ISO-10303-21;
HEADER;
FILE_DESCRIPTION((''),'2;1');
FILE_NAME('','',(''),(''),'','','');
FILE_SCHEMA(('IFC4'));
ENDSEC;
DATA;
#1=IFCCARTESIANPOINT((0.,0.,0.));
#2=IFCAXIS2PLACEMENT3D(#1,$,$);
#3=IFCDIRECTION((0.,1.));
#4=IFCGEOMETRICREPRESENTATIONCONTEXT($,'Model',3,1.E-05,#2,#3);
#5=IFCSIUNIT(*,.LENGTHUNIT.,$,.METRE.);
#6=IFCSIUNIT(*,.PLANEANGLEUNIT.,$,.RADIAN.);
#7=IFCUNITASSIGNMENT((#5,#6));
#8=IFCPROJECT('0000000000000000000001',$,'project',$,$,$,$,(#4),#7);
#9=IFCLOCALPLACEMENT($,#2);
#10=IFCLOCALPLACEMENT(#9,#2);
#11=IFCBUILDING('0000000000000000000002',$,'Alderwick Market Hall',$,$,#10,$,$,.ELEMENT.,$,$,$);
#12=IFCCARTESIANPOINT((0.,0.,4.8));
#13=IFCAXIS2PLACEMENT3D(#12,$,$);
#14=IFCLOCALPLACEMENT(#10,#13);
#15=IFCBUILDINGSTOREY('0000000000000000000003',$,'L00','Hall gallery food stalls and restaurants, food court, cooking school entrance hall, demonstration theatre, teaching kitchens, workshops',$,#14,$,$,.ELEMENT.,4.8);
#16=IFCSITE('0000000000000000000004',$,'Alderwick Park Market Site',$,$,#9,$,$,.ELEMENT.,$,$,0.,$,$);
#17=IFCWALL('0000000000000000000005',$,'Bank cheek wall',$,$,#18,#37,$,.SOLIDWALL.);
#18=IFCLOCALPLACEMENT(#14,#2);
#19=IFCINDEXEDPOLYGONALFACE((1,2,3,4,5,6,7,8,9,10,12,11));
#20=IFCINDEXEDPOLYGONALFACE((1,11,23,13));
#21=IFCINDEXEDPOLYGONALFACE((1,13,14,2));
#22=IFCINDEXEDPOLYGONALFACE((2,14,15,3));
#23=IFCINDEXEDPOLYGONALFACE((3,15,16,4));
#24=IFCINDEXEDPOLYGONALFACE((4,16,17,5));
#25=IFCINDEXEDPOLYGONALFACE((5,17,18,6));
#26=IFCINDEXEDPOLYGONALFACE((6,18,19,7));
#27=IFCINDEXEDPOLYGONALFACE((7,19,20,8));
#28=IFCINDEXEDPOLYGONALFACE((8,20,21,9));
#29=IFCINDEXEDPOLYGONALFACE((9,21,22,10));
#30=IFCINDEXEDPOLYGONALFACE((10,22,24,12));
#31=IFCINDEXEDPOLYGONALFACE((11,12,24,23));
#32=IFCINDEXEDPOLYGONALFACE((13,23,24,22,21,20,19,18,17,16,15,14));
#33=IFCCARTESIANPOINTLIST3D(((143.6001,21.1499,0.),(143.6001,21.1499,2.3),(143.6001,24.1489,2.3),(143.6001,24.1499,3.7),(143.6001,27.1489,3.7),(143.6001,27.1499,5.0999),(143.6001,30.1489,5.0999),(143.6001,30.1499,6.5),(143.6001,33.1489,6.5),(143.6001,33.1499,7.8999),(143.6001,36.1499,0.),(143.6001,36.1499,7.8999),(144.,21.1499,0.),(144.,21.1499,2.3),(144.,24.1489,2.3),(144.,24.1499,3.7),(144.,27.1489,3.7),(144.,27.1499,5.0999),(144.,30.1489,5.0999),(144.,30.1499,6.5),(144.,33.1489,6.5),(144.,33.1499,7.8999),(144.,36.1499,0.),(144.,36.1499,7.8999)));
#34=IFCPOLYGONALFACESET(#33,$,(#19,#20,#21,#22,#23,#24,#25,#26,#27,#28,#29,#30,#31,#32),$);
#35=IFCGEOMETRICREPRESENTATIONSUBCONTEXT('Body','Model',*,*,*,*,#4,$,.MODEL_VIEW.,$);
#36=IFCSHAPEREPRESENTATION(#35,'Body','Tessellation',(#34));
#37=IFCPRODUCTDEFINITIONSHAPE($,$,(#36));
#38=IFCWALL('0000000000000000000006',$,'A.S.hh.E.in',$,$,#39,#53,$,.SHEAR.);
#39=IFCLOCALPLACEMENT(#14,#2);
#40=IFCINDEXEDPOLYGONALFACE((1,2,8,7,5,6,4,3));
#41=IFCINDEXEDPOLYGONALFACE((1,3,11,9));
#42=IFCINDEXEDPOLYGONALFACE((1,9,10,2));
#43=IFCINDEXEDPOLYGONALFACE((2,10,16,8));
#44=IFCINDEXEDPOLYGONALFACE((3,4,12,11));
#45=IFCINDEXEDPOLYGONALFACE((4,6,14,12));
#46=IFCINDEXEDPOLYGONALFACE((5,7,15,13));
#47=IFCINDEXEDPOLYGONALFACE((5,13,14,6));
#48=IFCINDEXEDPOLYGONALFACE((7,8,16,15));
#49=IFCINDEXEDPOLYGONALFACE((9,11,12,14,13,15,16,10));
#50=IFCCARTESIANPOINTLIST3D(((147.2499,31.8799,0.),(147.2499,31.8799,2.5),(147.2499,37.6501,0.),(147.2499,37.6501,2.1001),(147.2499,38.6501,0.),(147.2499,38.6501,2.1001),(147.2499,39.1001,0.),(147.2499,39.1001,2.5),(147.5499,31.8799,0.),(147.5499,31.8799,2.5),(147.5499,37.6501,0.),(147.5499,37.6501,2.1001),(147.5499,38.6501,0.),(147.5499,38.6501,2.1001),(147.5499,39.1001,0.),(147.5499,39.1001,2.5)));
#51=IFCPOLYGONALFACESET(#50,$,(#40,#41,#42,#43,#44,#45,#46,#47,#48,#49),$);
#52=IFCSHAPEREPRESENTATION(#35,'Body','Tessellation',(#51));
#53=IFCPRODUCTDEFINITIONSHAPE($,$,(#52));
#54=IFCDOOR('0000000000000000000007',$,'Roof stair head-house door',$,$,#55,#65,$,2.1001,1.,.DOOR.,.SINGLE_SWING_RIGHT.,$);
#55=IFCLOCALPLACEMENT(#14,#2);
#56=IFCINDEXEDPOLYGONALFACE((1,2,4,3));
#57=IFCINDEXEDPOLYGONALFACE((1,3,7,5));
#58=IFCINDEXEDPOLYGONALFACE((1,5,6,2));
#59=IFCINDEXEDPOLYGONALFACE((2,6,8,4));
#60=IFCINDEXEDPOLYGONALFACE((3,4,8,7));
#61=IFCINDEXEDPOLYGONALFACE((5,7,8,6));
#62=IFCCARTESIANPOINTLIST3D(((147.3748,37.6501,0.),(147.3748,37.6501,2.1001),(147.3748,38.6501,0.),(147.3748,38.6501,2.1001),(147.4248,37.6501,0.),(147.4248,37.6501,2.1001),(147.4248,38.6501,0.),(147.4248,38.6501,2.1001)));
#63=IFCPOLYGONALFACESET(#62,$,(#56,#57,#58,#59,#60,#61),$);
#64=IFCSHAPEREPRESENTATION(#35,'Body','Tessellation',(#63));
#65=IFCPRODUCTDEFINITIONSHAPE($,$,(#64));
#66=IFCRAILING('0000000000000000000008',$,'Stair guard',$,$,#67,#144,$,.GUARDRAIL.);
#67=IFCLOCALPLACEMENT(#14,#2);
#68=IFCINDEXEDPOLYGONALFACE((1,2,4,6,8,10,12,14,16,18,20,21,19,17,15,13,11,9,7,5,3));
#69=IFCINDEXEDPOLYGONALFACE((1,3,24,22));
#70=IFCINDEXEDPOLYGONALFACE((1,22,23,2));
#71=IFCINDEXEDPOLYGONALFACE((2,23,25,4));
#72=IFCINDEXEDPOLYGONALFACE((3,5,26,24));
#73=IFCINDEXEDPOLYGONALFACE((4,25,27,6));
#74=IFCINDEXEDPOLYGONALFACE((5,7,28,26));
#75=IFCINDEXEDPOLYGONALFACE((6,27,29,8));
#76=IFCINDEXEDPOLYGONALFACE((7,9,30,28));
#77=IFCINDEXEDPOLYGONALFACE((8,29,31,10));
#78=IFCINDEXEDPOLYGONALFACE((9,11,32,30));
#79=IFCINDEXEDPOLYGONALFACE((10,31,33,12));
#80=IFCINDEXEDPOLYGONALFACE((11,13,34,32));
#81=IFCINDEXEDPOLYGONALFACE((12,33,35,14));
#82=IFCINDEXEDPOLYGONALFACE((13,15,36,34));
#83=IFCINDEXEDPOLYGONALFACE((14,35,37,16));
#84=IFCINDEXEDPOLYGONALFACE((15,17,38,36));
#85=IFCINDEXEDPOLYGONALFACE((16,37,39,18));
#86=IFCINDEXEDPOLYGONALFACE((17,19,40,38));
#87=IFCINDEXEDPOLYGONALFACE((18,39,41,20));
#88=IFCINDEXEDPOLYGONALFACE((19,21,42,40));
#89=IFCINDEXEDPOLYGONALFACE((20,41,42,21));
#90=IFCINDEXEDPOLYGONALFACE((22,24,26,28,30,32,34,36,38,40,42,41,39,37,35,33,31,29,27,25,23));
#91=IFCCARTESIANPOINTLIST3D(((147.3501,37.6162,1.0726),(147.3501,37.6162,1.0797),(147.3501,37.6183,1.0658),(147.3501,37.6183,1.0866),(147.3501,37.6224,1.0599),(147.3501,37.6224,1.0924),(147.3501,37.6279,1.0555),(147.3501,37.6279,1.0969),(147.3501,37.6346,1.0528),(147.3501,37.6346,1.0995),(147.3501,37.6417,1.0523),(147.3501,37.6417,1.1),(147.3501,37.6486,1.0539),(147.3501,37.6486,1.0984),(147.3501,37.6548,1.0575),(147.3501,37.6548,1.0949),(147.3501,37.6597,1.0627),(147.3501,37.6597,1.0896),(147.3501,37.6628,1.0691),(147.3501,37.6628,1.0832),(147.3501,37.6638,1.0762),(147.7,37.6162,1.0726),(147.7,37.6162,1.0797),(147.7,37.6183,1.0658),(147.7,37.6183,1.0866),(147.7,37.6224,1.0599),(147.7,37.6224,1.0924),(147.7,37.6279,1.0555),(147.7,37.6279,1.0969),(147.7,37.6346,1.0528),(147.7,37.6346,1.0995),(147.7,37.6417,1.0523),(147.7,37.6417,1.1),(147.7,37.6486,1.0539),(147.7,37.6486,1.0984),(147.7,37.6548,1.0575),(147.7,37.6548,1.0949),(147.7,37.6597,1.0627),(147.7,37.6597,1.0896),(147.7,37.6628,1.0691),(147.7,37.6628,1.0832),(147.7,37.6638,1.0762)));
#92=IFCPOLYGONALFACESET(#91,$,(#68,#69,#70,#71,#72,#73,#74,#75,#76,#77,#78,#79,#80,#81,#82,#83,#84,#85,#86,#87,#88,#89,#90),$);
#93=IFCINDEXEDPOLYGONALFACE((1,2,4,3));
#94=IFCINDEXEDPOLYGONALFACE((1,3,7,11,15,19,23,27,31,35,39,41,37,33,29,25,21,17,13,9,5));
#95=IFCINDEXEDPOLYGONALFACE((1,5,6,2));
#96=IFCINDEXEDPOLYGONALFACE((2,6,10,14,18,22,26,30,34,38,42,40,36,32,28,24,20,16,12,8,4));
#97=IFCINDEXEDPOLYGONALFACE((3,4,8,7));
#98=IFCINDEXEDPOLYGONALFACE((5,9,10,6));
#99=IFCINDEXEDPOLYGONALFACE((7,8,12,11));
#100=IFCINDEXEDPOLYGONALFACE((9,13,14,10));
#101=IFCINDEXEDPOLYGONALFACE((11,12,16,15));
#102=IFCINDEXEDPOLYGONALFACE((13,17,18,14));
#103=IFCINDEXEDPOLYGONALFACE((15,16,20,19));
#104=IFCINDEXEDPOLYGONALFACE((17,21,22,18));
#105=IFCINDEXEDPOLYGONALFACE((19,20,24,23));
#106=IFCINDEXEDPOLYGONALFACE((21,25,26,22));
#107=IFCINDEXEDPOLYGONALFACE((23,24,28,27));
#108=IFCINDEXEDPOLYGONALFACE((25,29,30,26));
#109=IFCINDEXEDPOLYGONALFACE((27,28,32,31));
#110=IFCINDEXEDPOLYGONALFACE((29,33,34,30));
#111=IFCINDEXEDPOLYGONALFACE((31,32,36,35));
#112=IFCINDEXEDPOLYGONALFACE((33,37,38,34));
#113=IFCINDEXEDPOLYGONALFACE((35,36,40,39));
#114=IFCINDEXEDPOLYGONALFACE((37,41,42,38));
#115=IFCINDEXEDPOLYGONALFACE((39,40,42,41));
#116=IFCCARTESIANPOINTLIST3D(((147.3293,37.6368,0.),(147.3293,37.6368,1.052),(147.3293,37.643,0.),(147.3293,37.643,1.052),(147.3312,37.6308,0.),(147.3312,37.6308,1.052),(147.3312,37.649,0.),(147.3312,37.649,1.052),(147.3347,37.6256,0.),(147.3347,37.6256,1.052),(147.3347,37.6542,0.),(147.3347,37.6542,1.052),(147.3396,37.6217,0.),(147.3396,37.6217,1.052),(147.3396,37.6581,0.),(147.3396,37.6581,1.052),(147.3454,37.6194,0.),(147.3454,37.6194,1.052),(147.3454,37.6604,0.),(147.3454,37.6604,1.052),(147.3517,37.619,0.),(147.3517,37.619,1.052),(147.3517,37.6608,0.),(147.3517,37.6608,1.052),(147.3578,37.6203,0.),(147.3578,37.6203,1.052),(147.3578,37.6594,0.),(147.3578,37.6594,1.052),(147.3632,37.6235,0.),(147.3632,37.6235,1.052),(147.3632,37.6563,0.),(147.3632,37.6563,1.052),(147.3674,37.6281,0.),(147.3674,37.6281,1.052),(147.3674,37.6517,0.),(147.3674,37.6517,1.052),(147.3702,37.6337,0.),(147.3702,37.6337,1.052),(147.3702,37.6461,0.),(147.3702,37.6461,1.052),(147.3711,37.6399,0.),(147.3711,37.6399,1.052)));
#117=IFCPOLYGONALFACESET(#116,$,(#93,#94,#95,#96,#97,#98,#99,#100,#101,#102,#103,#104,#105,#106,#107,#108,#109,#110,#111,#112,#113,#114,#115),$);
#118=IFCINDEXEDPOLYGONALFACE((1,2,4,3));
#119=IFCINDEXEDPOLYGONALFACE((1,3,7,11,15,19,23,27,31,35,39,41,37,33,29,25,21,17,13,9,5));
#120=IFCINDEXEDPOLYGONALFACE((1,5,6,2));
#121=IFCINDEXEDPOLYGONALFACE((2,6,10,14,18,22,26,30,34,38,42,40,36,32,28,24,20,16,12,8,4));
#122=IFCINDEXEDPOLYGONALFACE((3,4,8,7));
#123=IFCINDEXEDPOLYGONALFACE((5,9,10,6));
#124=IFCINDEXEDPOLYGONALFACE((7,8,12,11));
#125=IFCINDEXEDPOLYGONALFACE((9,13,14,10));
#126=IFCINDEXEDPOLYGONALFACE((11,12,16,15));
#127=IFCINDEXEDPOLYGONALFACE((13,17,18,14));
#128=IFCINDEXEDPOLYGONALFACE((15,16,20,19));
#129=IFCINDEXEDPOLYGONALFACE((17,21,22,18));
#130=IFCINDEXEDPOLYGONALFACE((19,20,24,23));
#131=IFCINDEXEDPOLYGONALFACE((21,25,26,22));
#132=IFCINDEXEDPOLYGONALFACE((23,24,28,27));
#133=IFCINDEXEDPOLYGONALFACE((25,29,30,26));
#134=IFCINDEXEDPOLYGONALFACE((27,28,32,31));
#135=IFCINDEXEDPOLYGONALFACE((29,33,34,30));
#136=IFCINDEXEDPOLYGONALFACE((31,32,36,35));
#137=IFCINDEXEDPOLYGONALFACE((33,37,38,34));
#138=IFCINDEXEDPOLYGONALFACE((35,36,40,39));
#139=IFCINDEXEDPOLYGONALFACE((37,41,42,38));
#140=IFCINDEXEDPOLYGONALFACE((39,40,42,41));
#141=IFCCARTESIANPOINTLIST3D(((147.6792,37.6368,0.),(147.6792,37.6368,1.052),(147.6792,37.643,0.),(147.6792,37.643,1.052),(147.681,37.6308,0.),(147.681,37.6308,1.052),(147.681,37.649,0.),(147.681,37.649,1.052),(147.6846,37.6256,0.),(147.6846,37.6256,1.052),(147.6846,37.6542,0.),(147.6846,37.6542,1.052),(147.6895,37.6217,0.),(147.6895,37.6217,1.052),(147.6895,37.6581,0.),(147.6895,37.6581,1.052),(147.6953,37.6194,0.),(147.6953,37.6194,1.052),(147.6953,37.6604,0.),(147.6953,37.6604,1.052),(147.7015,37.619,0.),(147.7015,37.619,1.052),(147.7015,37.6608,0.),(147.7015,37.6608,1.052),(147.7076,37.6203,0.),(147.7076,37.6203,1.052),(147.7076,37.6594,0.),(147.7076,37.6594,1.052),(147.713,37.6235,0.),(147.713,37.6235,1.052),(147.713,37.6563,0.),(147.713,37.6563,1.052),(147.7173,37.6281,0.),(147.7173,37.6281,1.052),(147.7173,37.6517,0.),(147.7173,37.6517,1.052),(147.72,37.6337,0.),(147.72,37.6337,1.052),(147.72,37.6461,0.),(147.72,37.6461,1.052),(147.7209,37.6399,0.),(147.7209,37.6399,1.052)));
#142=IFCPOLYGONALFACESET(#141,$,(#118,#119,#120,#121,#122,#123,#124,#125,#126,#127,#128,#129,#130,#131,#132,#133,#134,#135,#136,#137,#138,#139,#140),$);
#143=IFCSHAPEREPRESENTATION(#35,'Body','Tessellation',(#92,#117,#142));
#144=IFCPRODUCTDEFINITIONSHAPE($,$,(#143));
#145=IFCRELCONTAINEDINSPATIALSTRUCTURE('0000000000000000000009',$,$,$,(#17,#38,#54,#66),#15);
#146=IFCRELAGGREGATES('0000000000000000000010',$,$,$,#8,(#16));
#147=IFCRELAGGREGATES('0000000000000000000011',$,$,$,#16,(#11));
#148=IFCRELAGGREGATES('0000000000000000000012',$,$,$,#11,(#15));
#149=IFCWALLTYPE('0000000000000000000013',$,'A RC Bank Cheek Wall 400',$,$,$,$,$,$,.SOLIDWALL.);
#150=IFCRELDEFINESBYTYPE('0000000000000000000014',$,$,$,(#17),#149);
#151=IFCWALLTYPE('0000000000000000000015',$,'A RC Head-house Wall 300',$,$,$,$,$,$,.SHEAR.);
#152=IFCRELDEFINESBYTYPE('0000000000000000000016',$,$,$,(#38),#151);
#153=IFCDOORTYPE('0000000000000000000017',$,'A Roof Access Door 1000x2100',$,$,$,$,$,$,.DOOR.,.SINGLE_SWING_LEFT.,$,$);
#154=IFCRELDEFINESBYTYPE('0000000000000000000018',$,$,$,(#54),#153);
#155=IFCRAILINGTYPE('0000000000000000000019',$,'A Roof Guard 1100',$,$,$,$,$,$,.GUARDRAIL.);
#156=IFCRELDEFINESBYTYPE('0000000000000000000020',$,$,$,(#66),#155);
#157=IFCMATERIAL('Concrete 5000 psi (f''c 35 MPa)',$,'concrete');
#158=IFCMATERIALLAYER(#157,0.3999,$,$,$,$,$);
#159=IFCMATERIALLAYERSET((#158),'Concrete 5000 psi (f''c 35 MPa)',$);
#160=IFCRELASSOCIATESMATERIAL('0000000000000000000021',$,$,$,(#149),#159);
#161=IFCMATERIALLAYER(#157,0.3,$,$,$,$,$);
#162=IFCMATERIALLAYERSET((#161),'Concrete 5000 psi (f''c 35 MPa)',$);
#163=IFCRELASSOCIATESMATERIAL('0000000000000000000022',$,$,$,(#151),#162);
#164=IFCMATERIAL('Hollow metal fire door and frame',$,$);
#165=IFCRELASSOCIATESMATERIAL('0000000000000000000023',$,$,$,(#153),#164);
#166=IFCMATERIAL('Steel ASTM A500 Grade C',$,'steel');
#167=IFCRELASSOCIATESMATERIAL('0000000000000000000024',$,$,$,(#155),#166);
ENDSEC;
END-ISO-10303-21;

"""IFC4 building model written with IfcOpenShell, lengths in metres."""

from ifc_helpers import new_model, si_unit, direction, frame, frame_2d, origin, origin_2d, place, context, subcontext, project, spatial, polyline, rectangle, circle, outline, extrude, material, layer, layer_set, type_object, element, fill, save


model = new_model("IFC4")

# Units and contexts
model_context = context("Model", 3, precision=1e-05, world=origin(), true_north=direction((0.0, 1.0)))
body_context = subcontext(model_context, "Body", "Model", "MODEL_VIEW")
ifc_project = project(units=[si_unit("LENGTHUNIT", "METRE"), si_unit("PLANEANGLEUNIT", "RADIAN")], contexts=[model_context])

# Site, building, storey
site_placement = place(None, origin())
site = spatial("IfcSite", under=ifc_project, at=site_placement, Name="Alderwick Park Market Site", CompositionType="ELEMENT", RefElevation=0.0)
building_placement = place(site_placement, origin())
building = spatial("IfcBuilding", under=site, at=building_placement, Name="Alderwick Market Hall", CompositionType="ELEMENT")
storey_placement = place(building_placement, frame((0.0, 0.0, 4.8)))
storey = spatial("IfcBuildingStorey", under=building, at=storey_placement, Name="L00", Description="Hall gallery food stalls and restaurants, food court, cooking school entrance hall, demonstration theatre, teaching kitchens, workshops", CompositionType="ELEMENT", Elevation=4.8)

# Shared definitions
ifc_material_1 = material(Name="Steel ASTM A500 Grade C", Category="steel")

# Shared definitions
ifc_material_2 = material(Name="Concrete 5000 psi (f'c 35 MPa)", Category="concrete")

# Wall
ifc_layer_1 = layer(ifc_material_2, 0.3999)
ifc_layer_set_1 = layer_set([ifc_layer_1], Name="Concrete 5000 psi (f'c 35 MPa)")
wall_type_1 = type_object("IfcWallType", Name="A RC Bank Cheek Wall 400", PredefinedType="SOLIDWALL", material=ifc_layer_set_1)
wall_1_placement = place(storey_placement, frame((143.8, 36.1499, 0.0), z_axis=(0.0, 0.0, 1.0), x_axis=(0.0, -1.0, 0.0)))
element("IfcWall", 1, at=wall_1_placement, inside=storey, type_object=wall_type_1, Name="Bank cheek wall", PredefinedType="SOLIDWALL", context=body_context, shape_type="SweptSolid", body=[
    extrude(outline(polyline([(0.0, 0.0), (15.0, 0.0), (15.0, 2.3), (12.001, 2.3), (12.0, 3.7), (9.001, 3.7), (9.0, 5.0999), (6.001, 5.0999), (6.0, 6.5), (3.001, 6.5), (3.0, 7.8999), (0.0, 7.8999), (0.0, 0.0)])), frame((0.0, 0.2, 0.0), z_axis=(0.0, -1.0, 0.0), x_axis=(1.0, 0.0, 0.0)), (0.0, 0.0, 1.0), 0.3999),
])

# Wall, opening, door
ifc_layer_2 = layer(ifc_material_2, 0.3)
ifc_layer_set_2 = layer_set([ifc_layer_2], Name="Concrete 5000 psi (f'c 35 MPa)")
wall_type_2 = type_object("IfcWallType", Name="A RC Head-house Wall 300", PredefinedType="SHEAR", material=ifc_layer_set_2)
wall_2_placement = place(storey_placement, frame((147.3999, 39.1001, 0.0), z_axis=(0.0, 0.0, 1.0), x_axis=(0.0, -1.0, 0.0)))
wall_2 = element("IfcWall", 2, at=wall_2_placement, inside=storey, type_object=wall_type_2, Name="A.S.hh.E.in", PredefinedType="SHEAR", context=body_context, shape_type="SweptSolid", body=[
    extrude(rectangle(XDim=7.2202, YDim=0.3, at=frame_2d((3.6101, 0.0))), origin(), (0.0, 0.0, 1.0), 2.5),
])
opening_placement = place(wall_2_placement, frame((0.45, 0.0, 0.0)))
opening = element("IfcOpeningElement", 3, at=opening_placement, cuts=wall_2, PredefinedType="OPENING", context=body_context, shape_type="SweptSolid", body=[
    extrude(rectangle(XDim=1.0, YDim=2.1001, at=frame_2d((0.5, 1.05))), frame((0.0, 0.1599, 0.0), z_axis=(0.0, -1.0, 0.0), x_axis=(1.0, 0.0, 0.0)), (0.0, 0.0, 1.0), 0.3201),
])
ifc_material_3 = material(Name="Hollow metal fire door and frame")
door_type = type_object("IfcDoorType", Name="A Roof Access Door 1000x2100", OperationType="SINGLE_SWING_LEFT", PredefinedType="DOOR", material=ifc_material_3)
door_placement = place(opening_placement, origin())
door = element("IfcDoor", 4, at=door_placement, inside=storey, type_object=door_type, Name="Roof stair head-house door", OperationType="SINGLE_SWING_RIGHT", OverallHeight=2.1001, OverallWidth=1.0, PredefinedType="DOOR", context=body_context, shape_type="SweptSolid", body=[
    extrude(rectangle(XDim=1.0, YDim=2.1001, at=frame_2d((0.5, 1.05))), frame((0.0, 0.0249, 0.0), z_axis=(0.0, -1.0, 0.0), x_axis=(1.0, 0.0, 0.0)), (0.0, 0.0, 1.0), 0.05),
])
fill(opening, door)

# Railing
railing_type = type_object("IfcRailingType", Name="A Roof Guard 1100", PredefinedType="GUARDRAIL", material=ifc_material_1)
railing_1_placement = place(storey_placement, frame((147.3501, 37.6399, 0.0)))
element("IfcRailing", 5, at=railing_1_placement, inside=storey, type_object=railing_type, Name="Stair guard", PredefinedType="GUARDRAIL", context=body_context, shape_type="SweptSolid", body=[
    extrude(circle(Radius=0.0239, at=origin_2d()), frame((0.0, 0.0, 1.0762), z_axis=(1.0, 0.0, 0.0), x_axis=(0.0, 1.0, 0.0)), (0.0, 0.0, 1.0), 0.3499),
    extrude(circle(Radius=0.021, at=origin_2d()), origin(), (0.0, 0.0, 1.0), 1.052),
    extrude(circle(Radius=0.021, at=origin_2d()), frame((0.3499, 0.0, 0.0)), (0.0, 0.0, 1.0), 1.052),
])

save(model, "model.ifc")
